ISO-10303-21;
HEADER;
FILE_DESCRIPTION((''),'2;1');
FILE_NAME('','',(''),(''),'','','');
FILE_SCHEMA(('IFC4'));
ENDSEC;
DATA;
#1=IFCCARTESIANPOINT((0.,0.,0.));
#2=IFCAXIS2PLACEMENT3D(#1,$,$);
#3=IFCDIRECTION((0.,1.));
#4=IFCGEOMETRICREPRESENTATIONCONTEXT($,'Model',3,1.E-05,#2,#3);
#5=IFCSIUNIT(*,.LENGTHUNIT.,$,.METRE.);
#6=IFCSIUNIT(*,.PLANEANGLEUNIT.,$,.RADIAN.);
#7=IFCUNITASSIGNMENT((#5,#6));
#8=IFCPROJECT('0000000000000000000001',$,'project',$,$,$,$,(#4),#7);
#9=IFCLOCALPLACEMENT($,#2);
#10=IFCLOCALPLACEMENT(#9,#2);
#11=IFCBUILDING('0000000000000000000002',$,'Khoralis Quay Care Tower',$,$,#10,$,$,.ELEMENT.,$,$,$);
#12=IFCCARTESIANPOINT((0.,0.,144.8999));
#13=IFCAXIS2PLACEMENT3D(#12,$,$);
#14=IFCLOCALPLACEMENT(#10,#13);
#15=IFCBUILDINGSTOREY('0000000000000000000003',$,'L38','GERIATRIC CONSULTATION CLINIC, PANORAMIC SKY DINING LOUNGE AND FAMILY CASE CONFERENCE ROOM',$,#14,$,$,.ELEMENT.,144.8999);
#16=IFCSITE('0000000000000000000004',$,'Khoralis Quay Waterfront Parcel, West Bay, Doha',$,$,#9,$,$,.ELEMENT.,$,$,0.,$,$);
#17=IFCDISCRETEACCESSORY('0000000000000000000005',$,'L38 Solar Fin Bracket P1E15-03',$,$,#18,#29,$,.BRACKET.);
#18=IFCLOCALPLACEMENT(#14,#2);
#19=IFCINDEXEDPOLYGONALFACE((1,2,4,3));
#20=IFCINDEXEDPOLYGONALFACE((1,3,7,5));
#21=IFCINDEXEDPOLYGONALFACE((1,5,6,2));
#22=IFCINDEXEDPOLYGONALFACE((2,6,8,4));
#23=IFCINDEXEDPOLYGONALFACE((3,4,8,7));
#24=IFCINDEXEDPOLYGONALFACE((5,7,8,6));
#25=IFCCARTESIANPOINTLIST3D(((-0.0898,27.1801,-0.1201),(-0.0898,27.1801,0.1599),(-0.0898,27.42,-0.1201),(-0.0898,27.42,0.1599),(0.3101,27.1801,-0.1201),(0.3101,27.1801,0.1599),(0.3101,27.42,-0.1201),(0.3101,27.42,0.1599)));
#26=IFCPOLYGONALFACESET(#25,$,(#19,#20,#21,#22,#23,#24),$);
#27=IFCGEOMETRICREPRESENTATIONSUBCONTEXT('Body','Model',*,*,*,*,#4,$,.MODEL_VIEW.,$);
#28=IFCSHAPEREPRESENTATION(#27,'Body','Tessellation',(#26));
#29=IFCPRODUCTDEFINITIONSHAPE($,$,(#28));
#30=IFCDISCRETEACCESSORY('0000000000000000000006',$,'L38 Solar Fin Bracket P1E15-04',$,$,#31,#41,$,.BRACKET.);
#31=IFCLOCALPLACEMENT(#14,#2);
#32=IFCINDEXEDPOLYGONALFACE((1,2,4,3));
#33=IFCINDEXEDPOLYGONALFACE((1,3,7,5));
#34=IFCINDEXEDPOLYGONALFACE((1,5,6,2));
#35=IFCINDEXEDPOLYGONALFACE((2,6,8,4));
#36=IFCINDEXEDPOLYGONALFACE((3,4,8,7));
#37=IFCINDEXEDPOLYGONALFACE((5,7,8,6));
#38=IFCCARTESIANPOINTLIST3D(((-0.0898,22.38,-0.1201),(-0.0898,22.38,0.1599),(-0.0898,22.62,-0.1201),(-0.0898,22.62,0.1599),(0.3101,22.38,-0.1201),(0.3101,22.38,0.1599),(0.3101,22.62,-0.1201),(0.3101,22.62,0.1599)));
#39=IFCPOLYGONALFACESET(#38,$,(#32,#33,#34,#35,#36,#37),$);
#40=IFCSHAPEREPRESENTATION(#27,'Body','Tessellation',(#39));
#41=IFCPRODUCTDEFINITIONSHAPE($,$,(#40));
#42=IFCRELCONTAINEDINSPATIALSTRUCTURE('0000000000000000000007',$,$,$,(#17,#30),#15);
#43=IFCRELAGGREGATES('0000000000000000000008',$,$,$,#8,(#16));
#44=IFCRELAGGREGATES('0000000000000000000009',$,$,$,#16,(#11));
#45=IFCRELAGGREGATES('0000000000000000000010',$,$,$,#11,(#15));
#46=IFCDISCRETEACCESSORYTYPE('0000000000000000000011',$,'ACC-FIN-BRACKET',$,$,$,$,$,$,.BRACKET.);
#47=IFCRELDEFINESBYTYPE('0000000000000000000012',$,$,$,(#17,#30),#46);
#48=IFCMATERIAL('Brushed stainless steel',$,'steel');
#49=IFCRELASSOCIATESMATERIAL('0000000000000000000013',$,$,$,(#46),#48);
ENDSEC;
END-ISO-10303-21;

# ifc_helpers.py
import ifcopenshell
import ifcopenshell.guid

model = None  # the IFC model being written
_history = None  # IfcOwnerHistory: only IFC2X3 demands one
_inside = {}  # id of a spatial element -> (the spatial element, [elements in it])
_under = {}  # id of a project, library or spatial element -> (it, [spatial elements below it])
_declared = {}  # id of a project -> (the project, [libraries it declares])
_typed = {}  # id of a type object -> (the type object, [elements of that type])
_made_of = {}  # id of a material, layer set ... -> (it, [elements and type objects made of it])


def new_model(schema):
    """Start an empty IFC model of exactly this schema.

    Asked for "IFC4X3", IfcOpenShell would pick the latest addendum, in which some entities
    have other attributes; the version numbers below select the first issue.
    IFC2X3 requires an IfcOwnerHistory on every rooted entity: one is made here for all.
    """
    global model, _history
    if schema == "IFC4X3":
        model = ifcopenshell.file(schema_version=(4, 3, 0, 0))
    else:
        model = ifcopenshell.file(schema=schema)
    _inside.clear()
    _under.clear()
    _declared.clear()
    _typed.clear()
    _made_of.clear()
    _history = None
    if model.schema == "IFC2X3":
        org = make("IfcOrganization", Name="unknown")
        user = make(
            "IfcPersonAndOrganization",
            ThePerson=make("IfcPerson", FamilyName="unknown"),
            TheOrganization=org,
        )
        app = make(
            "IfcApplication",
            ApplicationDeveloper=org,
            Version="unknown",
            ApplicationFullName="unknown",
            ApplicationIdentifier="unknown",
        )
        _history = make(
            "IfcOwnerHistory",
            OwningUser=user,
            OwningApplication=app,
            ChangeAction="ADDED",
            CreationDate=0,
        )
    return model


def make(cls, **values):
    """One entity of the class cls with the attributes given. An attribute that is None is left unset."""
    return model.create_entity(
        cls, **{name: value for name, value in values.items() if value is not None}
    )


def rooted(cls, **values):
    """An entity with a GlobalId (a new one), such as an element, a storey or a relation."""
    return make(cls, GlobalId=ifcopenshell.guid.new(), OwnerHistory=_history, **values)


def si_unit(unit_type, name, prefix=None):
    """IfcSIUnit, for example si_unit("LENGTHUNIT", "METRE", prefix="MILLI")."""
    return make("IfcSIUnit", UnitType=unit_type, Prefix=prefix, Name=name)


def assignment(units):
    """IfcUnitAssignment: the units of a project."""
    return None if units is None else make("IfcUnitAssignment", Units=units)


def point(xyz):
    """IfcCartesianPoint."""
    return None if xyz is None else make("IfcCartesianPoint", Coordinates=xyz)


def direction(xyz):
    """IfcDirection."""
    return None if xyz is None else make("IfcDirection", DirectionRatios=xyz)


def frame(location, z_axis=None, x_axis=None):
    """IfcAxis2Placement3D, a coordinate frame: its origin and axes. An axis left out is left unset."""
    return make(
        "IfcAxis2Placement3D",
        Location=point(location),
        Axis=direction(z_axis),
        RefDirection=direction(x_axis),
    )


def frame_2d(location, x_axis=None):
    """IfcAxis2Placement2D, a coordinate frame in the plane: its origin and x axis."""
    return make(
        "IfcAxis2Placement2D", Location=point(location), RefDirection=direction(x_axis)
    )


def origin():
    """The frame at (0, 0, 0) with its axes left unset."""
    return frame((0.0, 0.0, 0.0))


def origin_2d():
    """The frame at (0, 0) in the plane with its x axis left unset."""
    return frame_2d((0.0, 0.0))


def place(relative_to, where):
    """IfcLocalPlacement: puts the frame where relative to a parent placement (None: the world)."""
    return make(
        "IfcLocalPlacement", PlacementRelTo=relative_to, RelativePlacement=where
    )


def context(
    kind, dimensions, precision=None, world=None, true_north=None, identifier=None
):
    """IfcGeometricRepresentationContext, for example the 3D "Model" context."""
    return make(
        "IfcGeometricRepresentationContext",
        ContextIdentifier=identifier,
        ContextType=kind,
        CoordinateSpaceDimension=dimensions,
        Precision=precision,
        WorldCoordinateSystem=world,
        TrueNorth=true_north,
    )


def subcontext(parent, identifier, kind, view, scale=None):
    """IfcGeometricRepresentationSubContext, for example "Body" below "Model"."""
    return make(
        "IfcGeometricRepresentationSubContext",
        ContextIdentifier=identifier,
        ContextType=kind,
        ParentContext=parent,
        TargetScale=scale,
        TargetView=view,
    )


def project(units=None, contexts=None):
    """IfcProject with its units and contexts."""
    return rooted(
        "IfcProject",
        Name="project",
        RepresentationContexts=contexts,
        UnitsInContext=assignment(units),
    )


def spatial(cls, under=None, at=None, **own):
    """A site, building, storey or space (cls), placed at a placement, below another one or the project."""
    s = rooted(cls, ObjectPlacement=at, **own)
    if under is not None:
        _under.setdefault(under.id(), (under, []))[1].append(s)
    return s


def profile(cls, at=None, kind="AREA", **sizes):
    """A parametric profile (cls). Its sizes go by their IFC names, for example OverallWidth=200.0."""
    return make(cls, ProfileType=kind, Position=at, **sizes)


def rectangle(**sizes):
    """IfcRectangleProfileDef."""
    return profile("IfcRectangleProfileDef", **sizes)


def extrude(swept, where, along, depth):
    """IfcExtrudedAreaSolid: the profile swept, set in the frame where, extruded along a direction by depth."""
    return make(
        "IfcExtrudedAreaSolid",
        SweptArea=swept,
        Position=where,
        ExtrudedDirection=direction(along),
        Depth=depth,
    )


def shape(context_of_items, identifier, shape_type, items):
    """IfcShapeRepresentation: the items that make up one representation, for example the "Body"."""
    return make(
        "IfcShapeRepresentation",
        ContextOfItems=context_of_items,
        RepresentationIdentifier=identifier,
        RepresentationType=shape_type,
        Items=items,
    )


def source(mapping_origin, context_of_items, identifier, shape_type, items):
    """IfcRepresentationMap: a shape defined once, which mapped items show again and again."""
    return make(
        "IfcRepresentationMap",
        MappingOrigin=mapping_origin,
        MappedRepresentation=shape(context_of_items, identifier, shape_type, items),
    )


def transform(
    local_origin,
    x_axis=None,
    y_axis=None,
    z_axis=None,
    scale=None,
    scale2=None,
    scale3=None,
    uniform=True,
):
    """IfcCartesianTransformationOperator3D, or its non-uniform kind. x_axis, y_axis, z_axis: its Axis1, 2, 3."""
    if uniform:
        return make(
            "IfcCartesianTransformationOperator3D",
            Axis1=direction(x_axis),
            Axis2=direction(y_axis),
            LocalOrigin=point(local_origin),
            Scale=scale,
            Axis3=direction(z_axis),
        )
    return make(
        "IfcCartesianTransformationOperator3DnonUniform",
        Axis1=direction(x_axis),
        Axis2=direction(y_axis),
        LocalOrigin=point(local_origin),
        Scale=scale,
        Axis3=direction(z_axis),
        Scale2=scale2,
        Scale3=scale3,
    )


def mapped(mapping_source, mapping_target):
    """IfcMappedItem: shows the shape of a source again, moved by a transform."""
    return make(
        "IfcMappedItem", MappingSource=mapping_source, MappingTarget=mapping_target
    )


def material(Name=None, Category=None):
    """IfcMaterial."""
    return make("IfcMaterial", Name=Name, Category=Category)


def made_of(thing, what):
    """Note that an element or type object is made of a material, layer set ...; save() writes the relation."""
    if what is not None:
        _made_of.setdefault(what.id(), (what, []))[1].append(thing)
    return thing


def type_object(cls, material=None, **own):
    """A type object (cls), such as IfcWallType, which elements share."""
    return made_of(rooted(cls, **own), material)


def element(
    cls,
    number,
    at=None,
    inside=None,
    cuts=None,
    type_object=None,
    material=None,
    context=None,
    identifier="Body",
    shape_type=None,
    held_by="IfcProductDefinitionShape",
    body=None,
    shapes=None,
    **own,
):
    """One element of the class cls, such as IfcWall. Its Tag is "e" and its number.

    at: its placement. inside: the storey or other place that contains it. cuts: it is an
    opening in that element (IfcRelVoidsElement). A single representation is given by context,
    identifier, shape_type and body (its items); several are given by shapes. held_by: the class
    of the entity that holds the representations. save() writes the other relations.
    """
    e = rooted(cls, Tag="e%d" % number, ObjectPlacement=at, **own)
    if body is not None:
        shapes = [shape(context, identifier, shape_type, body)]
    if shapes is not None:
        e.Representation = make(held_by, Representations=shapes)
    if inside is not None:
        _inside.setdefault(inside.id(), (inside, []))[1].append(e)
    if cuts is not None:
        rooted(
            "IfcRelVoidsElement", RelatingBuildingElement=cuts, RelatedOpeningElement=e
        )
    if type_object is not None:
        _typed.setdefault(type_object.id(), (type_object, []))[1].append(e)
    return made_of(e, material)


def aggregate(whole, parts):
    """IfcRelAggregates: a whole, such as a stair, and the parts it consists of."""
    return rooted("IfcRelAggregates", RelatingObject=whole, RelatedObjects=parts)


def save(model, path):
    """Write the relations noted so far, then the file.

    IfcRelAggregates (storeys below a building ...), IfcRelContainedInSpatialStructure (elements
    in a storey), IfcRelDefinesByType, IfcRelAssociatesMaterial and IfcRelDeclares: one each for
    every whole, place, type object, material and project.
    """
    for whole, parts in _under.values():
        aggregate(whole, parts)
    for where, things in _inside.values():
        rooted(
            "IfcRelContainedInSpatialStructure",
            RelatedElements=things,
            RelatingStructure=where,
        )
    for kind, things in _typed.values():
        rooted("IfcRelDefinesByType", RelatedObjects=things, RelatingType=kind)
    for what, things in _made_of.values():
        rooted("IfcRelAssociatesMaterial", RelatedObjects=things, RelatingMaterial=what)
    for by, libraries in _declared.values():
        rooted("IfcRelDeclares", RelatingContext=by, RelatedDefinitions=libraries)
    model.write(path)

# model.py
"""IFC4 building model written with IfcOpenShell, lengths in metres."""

from ifc_helpers import new_model, si_unit, direction, frame, origin, origin_2d, place, context, subcontext, project, spatial, rectangle, extrude, source, transform, mapped, material, type_object, element, save


model = new_model("IFC4")

# Units and contexts
model_context = context("Model", 3, precision=1e-05, world=origin(), true_north=direction((0.0, 1.0)))
body_context = subcontext(model_context, "Body", "Model", "MODEL_VIEW")
ifc_project = project(units=[si_unit("LENGTHUNIT", "METRE"), si_unit("PLANEANGLEUNIT", "RADIAN")], contexts=[model_context])

# Site, building, storey
site_placement = place(None, origin())
site = spatial("IfcSite", under=ifc_project, at=site_placement, Name="Khoralis Quay Waterfront Parcel, West Bay, Doha", CompositionType="ELEMENT", RefElevation=0.0)
building_placement = place(site_placement, origin())
building = spatial("IfcBuilding", under=site, at=building_placement, Name="Khoralis Quay Care Tower", CompositionType="ELEMENT")
storey_placement = place(building_placement, frame((0.0, 0.0, 144.8999)))
storey = spatial("IfcBuildingStorey", under=building, at=storey_placement, Name="L38", Description="GERIATRIC CONSULTATION CLINIC, PANORAMIC SKY DINING LOUNGE AND FAMILY CASE CONFERENCE ROOM", CompositionType="ELEMENT", Elevation=144.8999)

# Discrete accessories
ifc_material_1 = material(Name="Brushed stainless steel", Category="steel")
discrete_accessory_type = type_object("IfcDiscreteAccessoryType", Name="ACC-FIN-BRACKET", PredefinedType="BRACKET", material=ifc_material_1)
shared_shape_1 = source(origin(), body_context, "Body", "SweptSolid", [
    extrude(rectangle(XDim=0.3999, YDim=0.24, at=origin_2d()), origin(), (0.0, 0.0, 1.0), 0.28),
])
for number, where, z_axis, x_axis, name in (
    (1, (0.1101, 27.3, -0.1201), (0.0, 0.0, 1.0), (-1.0, 0.0, 0.0), "L38 Solar Fin Bracket P1E15-03"),
    (2, (0.1101, 22.5, -0.1201), (0.0, 0.0, 1.0), (-1.0, 0.0, 0.0), "L38 Solar Fin Bracket P1E15-04"),
):
    element("IfcDiscreteAccessory", number, at=place(storey_placement, frame(where, z_axis=z_axis, x_axis=x_axis)), inside=storey, type_object=discrete_accessory_type, Name=name, PredefinedType="BRACKET", context=body_context, shape_type="MappedRepresentation", body=[
        mapped(shared_shape_1, transform((0.0, 0.0, 0.0), scale=1.0)),
    ])

save(model, "model.ifc")
